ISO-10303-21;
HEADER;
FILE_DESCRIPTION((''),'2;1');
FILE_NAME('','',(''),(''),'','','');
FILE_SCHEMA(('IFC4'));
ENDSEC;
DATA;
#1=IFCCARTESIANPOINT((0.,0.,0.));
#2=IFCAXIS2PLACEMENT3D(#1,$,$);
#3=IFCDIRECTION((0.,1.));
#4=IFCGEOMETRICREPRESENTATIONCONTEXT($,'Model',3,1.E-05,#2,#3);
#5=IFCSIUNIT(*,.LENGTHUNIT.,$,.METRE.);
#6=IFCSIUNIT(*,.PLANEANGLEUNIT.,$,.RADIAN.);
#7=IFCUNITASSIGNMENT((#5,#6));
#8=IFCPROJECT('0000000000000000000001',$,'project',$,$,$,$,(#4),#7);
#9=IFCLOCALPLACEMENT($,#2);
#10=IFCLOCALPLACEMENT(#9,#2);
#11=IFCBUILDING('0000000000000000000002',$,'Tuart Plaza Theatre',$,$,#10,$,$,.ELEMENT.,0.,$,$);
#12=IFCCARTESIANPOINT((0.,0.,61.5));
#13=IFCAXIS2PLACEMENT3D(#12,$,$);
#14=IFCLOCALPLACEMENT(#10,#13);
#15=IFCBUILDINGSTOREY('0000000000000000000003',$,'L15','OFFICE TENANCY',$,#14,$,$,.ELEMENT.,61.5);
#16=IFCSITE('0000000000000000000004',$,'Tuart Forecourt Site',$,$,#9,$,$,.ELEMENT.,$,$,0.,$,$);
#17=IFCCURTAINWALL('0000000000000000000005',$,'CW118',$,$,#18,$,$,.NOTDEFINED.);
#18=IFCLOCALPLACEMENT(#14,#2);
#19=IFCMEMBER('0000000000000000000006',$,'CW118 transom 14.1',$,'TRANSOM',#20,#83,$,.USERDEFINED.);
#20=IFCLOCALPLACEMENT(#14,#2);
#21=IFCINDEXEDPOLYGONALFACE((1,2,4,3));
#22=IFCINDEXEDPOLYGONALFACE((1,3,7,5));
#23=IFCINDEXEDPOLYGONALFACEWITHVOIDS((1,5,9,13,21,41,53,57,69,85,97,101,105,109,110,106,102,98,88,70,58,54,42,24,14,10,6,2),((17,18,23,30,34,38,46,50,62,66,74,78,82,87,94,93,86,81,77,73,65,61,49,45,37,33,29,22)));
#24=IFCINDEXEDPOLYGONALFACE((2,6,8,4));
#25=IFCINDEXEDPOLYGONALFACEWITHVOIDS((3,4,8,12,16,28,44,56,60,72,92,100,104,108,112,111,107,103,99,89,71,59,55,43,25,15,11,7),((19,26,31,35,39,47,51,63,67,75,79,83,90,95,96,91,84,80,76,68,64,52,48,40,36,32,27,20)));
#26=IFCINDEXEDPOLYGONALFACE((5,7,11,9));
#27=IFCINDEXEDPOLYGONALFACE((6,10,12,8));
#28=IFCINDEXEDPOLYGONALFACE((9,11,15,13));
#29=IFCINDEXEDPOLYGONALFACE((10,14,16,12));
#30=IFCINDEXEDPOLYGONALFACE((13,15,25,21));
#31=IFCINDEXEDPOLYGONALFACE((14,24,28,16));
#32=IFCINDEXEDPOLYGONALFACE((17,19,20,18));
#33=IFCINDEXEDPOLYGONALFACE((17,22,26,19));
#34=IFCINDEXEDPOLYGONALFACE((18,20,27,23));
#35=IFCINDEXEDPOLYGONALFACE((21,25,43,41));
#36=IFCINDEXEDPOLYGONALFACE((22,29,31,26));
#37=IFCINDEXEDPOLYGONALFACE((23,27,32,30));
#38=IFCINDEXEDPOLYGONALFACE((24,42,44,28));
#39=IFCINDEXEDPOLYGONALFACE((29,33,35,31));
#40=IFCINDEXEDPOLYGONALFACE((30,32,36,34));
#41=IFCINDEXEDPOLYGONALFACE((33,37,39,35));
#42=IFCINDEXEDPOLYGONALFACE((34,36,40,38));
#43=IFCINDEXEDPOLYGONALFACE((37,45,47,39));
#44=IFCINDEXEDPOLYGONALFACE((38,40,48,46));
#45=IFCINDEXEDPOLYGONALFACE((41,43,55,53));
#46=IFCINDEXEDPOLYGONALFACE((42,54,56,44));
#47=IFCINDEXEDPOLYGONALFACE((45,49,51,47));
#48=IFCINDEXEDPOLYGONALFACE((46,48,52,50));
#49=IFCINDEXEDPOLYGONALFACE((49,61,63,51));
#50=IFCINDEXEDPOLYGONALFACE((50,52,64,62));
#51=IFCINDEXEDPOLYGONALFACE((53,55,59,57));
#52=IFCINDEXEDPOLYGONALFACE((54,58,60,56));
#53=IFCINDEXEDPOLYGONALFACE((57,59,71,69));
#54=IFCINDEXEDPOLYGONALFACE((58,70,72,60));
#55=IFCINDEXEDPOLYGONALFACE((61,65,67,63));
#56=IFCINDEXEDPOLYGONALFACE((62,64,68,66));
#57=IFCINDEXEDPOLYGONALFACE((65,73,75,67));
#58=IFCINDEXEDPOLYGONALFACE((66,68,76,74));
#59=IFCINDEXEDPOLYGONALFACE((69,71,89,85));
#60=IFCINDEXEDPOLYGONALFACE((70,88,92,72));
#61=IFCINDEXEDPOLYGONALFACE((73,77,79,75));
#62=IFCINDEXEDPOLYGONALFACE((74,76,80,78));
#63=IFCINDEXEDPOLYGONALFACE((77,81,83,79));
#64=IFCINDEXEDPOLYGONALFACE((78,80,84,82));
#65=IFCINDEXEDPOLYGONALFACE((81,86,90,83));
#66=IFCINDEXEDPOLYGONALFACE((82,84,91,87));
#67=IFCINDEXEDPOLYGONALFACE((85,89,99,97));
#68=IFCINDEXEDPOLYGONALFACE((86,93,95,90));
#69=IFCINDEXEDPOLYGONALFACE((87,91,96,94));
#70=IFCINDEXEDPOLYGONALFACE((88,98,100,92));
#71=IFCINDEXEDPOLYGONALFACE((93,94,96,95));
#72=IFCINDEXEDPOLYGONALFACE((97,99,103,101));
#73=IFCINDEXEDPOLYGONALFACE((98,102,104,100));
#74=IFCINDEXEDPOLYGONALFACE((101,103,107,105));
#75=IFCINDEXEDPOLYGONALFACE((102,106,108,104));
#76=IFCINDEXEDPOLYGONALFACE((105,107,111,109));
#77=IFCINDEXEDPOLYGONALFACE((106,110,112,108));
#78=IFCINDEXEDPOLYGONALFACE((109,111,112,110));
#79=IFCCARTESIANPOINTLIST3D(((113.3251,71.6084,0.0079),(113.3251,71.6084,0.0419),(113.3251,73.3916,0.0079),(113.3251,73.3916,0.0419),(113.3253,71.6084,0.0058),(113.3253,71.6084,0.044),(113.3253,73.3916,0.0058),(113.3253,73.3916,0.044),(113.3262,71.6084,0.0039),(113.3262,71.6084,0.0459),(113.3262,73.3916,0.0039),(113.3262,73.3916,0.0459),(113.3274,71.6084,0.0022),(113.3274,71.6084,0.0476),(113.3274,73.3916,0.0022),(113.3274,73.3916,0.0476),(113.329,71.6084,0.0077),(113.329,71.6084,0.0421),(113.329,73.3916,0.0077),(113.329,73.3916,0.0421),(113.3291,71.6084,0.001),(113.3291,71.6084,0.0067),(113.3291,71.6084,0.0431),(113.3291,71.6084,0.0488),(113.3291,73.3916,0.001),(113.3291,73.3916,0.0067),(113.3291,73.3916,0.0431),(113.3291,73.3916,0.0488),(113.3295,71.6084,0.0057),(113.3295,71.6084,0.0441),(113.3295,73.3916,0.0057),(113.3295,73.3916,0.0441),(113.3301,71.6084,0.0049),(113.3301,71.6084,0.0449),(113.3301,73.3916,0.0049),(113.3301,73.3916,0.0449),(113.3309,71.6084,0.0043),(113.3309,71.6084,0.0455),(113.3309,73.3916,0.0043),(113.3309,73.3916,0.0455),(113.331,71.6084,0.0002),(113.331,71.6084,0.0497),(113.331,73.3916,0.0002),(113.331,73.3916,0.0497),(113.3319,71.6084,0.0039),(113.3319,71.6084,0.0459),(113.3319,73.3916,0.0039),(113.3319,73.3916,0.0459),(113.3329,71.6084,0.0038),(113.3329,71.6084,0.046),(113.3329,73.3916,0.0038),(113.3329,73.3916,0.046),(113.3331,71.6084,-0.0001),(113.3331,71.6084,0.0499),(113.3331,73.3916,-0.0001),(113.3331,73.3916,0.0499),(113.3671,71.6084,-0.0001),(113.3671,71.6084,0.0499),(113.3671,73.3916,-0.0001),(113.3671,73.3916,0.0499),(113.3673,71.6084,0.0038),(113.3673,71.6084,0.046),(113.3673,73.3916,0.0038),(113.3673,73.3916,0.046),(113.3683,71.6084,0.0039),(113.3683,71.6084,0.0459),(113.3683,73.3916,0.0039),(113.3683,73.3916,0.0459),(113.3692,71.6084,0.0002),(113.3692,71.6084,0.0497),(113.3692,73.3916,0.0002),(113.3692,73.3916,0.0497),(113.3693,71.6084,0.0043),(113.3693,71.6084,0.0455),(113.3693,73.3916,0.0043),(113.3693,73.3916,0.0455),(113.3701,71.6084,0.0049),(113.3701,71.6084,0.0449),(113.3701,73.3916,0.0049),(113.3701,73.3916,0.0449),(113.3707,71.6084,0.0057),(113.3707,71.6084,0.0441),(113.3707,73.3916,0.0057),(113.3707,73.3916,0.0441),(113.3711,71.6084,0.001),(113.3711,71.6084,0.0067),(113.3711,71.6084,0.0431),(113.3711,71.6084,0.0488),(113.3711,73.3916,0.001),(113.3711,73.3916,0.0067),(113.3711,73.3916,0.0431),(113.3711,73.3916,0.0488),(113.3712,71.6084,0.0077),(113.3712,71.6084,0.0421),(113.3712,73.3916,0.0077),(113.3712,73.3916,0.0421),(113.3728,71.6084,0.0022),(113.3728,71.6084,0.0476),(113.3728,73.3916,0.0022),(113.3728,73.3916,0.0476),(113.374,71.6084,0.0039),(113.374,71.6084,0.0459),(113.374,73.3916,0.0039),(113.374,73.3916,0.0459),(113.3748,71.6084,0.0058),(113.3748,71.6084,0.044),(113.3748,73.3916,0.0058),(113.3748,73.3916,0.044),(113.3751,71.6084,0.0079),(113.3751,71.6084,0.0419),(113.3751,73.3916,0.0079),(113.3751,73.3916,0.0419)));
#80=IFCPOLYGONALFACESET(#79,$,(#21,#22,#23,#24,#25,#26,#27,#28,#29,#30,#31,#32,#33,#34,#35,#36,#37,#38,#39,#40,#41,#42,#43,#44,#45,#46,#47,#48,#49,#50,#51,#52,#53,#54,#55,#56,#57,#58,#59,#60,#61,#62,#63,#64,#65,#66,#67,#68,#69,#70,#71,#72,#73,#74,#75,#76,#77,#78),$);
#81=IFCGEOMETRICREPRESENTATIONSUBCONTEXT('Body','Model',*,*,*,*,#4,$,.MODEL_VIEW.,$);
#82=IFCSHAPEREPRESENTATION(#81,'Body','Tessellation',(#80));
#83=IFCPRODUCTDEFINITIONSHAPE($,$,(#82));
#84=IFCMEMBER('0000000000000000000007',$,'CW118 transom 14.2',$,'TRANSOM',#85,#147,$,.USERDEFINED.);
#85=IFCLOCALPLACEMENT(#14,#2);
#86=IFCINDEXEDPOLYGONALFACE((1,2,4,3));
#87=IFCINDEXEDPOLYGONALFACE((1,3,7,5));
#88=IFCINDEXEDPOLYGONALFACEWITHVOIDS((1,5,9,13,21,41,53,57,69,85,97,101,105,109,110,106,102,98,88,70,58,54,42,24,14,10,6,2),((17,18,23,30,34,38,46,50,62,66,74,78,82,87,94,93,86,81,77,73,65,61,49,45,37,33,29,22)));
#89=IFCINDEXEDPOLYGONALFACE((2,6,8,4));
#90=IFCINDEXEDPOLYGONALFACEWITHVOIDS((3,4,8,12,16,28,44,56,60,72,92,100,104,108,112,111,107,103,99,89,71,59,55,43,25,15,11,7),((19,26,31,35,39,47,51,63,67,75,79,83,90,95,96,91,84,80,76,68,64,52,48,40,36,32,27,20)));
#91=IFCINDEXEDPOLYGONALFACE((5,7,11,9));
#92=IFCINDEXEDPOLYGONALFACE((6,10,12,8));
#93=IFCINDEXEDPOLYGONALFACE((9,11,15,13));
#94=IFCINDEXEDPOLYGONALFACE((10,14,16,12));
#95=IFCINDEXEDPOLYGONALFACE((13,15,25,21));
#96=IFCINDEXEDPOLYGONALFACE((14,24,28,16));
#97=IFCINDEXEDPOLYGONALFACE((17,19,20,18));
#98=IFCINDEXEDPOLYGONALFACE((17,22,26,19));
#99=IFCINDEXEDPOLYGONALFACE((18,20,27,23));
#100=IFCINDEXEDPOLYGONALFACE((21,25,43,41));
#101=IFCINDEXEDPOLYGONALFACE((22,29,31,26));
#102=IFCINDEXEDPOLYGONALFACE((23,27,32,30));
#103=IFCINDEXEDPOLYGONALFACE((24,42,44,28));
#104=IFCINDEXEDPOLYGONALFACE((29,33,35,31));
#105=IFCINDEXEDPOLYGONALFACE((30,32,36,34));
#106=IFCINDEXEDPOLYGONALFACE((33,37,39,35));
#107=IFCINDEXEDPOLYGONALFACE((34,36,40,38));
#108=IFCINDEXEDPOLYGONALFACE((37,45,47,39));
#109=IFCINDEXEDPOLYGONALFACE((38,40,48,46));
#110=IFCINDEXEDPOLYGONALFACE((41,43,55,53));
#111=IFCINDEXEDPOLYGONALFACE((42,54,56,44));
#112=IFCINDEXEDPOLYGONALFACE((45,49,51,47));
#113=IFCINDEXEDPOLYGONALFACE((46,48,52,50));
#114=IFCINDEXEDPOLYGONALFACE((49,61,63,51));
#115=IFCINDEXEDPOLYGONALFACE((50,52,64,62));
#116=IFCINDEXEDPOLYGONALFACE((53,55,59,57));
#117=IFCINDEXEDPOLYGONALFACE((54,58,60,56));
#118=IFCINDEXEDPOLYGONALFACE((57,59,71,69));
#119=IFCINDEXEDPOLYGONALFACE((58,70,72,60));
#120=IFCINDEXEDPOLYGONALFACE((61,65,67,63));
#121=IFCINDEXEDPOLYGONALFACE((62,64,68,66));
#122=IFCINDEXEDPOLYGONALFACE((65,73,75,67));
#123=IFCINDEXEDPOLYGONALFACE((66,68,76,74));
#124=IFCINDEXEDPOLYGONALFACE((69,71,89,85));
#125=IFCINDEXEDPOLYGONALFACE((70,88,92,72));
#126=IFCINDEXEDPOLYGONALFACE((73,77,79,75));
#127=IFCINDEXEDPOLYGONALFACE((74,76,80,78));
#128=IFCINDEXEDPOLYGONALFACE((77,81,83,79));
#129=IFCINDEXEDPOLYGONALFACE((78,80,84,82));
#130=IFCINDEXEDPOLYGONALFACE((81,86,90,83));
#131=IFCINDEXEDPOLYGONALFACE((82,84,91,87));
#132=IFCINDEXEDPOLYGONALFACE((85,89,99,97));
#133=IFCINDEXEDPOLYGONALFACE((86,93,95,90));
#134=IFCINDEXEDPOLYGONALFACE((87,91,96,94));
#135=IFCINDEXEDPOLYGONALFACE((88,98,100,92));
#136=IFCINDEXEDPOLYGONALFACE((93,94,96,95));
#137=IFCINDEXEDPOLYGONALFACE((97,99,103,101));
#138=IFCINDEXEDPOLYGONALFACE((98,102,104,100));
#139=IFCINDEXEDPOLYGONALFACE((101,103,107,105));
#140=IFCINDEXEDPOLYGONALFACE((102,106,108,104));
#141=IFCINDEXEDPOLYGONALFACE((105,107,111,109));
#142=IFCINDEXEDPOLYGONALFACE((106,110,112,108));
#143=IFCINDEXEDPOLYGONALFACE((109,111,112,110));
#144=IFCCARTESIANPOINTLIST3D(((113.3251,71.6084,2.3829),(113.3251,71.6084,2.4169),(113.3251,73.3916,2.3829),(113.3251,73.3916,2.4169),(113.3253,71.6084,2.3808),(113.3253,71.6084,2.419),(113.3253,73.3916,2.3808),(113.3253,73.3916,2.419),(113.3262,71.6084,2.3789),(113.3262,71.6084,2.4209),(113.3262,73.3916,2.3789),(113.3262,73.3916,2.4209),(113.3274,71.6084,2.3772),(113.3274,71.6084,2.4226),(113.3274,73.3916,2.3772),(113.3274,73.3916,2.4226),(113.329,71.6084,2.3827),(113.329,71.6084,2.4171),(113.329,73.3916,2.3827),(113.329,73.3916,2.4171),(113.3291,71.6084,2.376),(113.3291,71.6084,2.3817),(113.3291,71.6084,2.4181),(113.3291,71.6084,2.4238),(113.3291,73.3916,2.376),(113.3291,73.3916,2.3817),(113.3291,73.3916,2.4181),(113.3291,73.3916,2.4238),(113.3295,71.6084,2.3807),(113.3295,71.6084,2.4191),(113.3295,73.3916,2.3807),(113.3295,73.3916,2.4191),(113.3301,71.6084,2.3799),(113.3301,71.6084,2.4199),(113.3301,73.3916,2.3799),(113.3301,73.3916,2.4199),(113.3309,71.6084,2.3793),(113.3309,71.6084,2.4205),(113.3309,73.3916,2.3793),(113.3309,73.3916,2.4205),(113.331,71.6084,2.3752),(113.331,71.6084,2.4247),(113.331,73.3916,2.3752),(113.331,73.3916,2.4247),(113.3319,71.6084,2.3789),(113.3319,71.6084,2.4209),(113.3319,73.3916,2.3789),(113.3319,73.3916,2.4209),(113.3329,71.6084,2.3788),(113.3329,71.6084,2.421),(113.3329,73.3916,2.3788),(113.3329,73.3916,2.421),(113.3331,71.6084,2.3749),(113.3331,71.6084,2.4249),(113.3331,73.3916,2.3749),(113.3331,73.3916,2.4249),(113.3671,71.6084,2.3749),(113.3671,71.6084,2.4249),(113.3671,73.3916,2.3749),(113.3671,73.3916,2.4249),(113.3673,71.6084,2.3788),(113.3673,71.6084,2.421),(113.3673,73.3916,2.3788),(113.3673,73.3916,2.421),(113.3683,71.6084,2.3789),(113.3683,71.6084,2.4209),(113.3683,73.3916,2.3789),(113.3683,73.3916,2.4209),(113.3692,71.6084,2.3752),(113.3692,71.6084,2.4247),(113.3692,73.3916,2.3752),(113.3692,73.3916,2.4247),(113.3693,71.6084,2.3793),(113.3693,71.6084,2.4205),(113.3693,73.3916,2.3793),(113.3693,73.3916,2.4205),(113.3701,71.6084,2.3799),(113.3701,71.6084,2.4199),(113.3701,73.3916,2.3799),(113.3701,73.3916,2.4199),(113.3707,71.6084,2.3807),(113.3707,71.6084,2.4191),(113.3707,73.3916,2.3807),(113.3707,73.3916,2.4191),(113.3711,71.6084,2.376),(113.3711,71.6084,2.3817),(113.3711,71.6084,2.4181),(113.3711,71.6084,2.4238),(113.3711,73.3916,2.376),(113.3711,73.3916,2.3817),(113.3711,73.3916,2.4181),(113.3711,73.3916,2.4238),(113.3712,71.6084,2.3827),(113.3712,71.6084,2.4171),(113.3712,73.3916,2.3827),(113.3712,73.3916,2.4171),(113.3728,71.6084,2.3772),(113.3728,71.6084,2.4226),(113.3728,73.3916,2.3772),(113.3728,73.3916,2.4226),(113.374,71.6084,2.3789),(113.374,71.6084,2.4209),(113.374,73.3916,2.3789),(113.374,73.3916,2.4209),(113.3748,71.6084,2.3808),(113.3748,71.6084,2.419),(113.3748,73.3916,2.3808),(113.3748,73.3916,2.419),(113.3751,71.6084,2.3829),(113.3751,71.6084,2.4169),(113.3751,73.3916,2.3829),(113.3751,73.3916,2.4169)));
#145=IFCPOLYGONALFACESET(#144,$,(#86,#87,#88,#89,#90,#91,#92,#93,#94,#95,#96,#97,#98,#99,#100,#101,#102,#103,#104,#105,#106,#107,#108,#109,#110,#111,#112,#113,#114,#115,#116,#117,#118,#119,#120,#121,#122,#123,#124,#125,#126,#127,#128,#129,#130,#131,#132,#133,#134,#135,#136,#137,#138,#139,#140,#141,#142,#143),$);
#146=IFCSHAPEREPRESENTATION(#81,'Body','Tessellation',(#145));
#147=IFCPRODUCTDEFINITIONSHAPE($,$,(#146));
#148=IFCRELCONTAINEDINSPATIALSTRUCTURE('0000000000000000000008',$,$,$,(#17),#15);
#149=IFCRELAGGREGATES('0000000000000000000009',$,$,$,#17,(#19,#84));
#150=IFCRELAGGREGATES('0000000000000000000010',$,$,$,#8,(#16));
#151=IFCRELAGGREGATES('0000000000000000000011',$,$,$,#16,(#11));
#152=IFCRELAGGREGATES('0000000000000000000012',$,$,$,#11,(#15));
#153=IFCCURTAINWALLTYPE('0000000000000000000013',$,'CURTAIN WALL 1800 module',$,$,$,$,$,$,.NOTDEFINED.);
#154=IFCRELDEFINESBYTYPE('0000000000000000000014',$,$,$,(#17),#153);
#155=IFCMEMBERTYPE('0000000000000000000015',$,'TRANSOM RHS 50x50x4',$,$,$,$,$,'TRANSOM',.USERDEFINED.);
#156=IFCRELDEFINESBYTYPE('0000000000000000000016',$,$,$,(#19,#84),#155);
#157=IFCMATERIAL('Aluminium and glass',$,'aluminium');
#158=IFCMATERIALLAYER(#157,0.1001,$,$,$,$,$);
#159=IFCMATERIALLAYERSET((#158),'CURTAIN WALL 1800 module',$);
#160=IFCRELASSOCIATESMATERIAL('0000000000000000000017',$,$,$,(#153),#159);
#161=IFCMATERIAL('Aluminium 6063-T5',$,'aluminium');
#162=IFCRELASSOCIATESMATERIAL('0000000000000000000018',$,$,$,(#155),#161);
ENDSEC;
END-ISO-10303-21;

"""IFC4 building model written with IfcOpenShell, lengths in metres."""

from ifc_helpers import new_model, si_unit, direction, frame, origin, origin_2d, place, context, subcontext, project, spatial, hollow_rectangle, extrude, material, layer, layer_set, material_profile, profile_set, type_object, element, aggregate, save


model = new_model("IFC4")

# Units and contexts
model_context = context("Model", 3, precision=1e-05, world=origin(), true_north=direction((0.0, 1.0)))
body_context = subcontext(model_context, "Body", "Model", "MODEL_VIEW")
ifc_project = project(units=[si_unit("LENGTHUNIT", "METRE"), si_unit("PLANEANGLEUNIT", "RADIAN")], contexts=[model_context])

# Site, building, storey
site_placement = place(None, origin())
site = spatial("IfcSite", under=ifc_project, at=site_placement, Name="Tuart Forecourt Site", CompositionType="ELEMENT", RefElevation=0.0)
building_placement = place(site_placement, origin())
building = spatial("IfcBuilding", under=site, at=building_placement, Name="Tuart Plaza Theatre", CompositionType="ELEMENT", ElevationOfRefHeight=0.0)
storey_placement = place(building_placement, frame((0.0, 0.0, 61.5)))
storey = spatial("IfcBuildingStorey", under=building, at=storey_placement, Name="L15", Description="OFFICE TENANCY", CompositionType="ELEMENT", Elevation=61.5)

# Curtain wall, members
ifc_material_1 = material(Name="Aluminium and glass", Category="aluminium")
ifc_layer_1 = layer(ifc_material_1, 0.1001)
ifc_layer_set_1 = layer_set([ifc_layer_1], Name="CURTAIN WALL 1800 module")
curtain_wall_type = type_object("IfcCurtainWallType", Name="CURTAIN WALL 1800 module", PredefinedType="NOTDEFINED", material=ifc_layer_set_1)
curtain_wall_placement = place(storey_placement, origin())
curtain_wall = element("IfcCurtainWall", 1, at=curtain_wall_placement, inside=storey, type_object=curtain_wall_type, Name="CW118", PredefinedType="NOTDEFINED")
ifc_material_2 = material(Name="Aluminium 6063-T5", Category="aluminium")
ifc_material_profile = material_profile(ifc_material_2, hollow_rectangle(XDim=0.05, YDim=0.05, WallThickness=0.0039, InnerFilletRadius=0.0039, OuterFilletRadius=0.0081, at=origin_2d()), Name="RHS 50x50x4")
ifc_profile_set = profile_set([ifc_material_profile], Name="Aluminium 6063-T5")
member_type = type_object("IfcMemberType", Name="TRANSOM RHS 50x50x4", ElementType="TRANSOM", PredefinedType="USERDEFINED", material=ifc_profile_set)
member_1_placement = place(storey_placement, frame((113.3501, 73.3916, 0.0249), z_axis=(0.0, -1.0, 0.0), x_axis=(1.0, 0.0, 0.0)))
member_1 = element("IfcMember", 2, at=member_1_placement, type_object=member_type, Name="CW118 transom 14.1", ObjectType="TRANSOM", PredefinedType="USERDEFINED", context=body_context, shape_type="SweptSolid", body=[
    extrude(hollow_rectangle(XDim=0.05, YDim=0.05, WallThickness=0.0039, InnerFilletRadius=0.0039, OuterFilletRadius=0.0081, at=origin_2d()), origin(), (0.0, 0.0, 1.0), 1.7832),
])
member_2_placement = place(storey_placement, frame((113.3501, 73.3916, 2.3999), z_axis=(0.0, -1.0, 0.0), x_axis=(1.0, 0.0, 0.0)))
member_2 = element("IfcMember", 3, at=member_2_placement, type_object=member_type, Name="CW118 transom 14.2", ObjectType="TRANSOM", PredefinedType="USERDEFINED", context=body_context, shape_type="SweptSolid", body=[
    extrude(hollow_rectangle(XDim=0.05, YDim=0.05, WallThickness=0.0039, InnerFilletRadius=0.0039, OuterFilletRadius=0.0081, at=origin_2d()), origin(), (0.0, 0.0, 1.0), 1.7832),
])
aggregate(curtain_wall, [member_1, member_2])

save(model, "model.ifc")
